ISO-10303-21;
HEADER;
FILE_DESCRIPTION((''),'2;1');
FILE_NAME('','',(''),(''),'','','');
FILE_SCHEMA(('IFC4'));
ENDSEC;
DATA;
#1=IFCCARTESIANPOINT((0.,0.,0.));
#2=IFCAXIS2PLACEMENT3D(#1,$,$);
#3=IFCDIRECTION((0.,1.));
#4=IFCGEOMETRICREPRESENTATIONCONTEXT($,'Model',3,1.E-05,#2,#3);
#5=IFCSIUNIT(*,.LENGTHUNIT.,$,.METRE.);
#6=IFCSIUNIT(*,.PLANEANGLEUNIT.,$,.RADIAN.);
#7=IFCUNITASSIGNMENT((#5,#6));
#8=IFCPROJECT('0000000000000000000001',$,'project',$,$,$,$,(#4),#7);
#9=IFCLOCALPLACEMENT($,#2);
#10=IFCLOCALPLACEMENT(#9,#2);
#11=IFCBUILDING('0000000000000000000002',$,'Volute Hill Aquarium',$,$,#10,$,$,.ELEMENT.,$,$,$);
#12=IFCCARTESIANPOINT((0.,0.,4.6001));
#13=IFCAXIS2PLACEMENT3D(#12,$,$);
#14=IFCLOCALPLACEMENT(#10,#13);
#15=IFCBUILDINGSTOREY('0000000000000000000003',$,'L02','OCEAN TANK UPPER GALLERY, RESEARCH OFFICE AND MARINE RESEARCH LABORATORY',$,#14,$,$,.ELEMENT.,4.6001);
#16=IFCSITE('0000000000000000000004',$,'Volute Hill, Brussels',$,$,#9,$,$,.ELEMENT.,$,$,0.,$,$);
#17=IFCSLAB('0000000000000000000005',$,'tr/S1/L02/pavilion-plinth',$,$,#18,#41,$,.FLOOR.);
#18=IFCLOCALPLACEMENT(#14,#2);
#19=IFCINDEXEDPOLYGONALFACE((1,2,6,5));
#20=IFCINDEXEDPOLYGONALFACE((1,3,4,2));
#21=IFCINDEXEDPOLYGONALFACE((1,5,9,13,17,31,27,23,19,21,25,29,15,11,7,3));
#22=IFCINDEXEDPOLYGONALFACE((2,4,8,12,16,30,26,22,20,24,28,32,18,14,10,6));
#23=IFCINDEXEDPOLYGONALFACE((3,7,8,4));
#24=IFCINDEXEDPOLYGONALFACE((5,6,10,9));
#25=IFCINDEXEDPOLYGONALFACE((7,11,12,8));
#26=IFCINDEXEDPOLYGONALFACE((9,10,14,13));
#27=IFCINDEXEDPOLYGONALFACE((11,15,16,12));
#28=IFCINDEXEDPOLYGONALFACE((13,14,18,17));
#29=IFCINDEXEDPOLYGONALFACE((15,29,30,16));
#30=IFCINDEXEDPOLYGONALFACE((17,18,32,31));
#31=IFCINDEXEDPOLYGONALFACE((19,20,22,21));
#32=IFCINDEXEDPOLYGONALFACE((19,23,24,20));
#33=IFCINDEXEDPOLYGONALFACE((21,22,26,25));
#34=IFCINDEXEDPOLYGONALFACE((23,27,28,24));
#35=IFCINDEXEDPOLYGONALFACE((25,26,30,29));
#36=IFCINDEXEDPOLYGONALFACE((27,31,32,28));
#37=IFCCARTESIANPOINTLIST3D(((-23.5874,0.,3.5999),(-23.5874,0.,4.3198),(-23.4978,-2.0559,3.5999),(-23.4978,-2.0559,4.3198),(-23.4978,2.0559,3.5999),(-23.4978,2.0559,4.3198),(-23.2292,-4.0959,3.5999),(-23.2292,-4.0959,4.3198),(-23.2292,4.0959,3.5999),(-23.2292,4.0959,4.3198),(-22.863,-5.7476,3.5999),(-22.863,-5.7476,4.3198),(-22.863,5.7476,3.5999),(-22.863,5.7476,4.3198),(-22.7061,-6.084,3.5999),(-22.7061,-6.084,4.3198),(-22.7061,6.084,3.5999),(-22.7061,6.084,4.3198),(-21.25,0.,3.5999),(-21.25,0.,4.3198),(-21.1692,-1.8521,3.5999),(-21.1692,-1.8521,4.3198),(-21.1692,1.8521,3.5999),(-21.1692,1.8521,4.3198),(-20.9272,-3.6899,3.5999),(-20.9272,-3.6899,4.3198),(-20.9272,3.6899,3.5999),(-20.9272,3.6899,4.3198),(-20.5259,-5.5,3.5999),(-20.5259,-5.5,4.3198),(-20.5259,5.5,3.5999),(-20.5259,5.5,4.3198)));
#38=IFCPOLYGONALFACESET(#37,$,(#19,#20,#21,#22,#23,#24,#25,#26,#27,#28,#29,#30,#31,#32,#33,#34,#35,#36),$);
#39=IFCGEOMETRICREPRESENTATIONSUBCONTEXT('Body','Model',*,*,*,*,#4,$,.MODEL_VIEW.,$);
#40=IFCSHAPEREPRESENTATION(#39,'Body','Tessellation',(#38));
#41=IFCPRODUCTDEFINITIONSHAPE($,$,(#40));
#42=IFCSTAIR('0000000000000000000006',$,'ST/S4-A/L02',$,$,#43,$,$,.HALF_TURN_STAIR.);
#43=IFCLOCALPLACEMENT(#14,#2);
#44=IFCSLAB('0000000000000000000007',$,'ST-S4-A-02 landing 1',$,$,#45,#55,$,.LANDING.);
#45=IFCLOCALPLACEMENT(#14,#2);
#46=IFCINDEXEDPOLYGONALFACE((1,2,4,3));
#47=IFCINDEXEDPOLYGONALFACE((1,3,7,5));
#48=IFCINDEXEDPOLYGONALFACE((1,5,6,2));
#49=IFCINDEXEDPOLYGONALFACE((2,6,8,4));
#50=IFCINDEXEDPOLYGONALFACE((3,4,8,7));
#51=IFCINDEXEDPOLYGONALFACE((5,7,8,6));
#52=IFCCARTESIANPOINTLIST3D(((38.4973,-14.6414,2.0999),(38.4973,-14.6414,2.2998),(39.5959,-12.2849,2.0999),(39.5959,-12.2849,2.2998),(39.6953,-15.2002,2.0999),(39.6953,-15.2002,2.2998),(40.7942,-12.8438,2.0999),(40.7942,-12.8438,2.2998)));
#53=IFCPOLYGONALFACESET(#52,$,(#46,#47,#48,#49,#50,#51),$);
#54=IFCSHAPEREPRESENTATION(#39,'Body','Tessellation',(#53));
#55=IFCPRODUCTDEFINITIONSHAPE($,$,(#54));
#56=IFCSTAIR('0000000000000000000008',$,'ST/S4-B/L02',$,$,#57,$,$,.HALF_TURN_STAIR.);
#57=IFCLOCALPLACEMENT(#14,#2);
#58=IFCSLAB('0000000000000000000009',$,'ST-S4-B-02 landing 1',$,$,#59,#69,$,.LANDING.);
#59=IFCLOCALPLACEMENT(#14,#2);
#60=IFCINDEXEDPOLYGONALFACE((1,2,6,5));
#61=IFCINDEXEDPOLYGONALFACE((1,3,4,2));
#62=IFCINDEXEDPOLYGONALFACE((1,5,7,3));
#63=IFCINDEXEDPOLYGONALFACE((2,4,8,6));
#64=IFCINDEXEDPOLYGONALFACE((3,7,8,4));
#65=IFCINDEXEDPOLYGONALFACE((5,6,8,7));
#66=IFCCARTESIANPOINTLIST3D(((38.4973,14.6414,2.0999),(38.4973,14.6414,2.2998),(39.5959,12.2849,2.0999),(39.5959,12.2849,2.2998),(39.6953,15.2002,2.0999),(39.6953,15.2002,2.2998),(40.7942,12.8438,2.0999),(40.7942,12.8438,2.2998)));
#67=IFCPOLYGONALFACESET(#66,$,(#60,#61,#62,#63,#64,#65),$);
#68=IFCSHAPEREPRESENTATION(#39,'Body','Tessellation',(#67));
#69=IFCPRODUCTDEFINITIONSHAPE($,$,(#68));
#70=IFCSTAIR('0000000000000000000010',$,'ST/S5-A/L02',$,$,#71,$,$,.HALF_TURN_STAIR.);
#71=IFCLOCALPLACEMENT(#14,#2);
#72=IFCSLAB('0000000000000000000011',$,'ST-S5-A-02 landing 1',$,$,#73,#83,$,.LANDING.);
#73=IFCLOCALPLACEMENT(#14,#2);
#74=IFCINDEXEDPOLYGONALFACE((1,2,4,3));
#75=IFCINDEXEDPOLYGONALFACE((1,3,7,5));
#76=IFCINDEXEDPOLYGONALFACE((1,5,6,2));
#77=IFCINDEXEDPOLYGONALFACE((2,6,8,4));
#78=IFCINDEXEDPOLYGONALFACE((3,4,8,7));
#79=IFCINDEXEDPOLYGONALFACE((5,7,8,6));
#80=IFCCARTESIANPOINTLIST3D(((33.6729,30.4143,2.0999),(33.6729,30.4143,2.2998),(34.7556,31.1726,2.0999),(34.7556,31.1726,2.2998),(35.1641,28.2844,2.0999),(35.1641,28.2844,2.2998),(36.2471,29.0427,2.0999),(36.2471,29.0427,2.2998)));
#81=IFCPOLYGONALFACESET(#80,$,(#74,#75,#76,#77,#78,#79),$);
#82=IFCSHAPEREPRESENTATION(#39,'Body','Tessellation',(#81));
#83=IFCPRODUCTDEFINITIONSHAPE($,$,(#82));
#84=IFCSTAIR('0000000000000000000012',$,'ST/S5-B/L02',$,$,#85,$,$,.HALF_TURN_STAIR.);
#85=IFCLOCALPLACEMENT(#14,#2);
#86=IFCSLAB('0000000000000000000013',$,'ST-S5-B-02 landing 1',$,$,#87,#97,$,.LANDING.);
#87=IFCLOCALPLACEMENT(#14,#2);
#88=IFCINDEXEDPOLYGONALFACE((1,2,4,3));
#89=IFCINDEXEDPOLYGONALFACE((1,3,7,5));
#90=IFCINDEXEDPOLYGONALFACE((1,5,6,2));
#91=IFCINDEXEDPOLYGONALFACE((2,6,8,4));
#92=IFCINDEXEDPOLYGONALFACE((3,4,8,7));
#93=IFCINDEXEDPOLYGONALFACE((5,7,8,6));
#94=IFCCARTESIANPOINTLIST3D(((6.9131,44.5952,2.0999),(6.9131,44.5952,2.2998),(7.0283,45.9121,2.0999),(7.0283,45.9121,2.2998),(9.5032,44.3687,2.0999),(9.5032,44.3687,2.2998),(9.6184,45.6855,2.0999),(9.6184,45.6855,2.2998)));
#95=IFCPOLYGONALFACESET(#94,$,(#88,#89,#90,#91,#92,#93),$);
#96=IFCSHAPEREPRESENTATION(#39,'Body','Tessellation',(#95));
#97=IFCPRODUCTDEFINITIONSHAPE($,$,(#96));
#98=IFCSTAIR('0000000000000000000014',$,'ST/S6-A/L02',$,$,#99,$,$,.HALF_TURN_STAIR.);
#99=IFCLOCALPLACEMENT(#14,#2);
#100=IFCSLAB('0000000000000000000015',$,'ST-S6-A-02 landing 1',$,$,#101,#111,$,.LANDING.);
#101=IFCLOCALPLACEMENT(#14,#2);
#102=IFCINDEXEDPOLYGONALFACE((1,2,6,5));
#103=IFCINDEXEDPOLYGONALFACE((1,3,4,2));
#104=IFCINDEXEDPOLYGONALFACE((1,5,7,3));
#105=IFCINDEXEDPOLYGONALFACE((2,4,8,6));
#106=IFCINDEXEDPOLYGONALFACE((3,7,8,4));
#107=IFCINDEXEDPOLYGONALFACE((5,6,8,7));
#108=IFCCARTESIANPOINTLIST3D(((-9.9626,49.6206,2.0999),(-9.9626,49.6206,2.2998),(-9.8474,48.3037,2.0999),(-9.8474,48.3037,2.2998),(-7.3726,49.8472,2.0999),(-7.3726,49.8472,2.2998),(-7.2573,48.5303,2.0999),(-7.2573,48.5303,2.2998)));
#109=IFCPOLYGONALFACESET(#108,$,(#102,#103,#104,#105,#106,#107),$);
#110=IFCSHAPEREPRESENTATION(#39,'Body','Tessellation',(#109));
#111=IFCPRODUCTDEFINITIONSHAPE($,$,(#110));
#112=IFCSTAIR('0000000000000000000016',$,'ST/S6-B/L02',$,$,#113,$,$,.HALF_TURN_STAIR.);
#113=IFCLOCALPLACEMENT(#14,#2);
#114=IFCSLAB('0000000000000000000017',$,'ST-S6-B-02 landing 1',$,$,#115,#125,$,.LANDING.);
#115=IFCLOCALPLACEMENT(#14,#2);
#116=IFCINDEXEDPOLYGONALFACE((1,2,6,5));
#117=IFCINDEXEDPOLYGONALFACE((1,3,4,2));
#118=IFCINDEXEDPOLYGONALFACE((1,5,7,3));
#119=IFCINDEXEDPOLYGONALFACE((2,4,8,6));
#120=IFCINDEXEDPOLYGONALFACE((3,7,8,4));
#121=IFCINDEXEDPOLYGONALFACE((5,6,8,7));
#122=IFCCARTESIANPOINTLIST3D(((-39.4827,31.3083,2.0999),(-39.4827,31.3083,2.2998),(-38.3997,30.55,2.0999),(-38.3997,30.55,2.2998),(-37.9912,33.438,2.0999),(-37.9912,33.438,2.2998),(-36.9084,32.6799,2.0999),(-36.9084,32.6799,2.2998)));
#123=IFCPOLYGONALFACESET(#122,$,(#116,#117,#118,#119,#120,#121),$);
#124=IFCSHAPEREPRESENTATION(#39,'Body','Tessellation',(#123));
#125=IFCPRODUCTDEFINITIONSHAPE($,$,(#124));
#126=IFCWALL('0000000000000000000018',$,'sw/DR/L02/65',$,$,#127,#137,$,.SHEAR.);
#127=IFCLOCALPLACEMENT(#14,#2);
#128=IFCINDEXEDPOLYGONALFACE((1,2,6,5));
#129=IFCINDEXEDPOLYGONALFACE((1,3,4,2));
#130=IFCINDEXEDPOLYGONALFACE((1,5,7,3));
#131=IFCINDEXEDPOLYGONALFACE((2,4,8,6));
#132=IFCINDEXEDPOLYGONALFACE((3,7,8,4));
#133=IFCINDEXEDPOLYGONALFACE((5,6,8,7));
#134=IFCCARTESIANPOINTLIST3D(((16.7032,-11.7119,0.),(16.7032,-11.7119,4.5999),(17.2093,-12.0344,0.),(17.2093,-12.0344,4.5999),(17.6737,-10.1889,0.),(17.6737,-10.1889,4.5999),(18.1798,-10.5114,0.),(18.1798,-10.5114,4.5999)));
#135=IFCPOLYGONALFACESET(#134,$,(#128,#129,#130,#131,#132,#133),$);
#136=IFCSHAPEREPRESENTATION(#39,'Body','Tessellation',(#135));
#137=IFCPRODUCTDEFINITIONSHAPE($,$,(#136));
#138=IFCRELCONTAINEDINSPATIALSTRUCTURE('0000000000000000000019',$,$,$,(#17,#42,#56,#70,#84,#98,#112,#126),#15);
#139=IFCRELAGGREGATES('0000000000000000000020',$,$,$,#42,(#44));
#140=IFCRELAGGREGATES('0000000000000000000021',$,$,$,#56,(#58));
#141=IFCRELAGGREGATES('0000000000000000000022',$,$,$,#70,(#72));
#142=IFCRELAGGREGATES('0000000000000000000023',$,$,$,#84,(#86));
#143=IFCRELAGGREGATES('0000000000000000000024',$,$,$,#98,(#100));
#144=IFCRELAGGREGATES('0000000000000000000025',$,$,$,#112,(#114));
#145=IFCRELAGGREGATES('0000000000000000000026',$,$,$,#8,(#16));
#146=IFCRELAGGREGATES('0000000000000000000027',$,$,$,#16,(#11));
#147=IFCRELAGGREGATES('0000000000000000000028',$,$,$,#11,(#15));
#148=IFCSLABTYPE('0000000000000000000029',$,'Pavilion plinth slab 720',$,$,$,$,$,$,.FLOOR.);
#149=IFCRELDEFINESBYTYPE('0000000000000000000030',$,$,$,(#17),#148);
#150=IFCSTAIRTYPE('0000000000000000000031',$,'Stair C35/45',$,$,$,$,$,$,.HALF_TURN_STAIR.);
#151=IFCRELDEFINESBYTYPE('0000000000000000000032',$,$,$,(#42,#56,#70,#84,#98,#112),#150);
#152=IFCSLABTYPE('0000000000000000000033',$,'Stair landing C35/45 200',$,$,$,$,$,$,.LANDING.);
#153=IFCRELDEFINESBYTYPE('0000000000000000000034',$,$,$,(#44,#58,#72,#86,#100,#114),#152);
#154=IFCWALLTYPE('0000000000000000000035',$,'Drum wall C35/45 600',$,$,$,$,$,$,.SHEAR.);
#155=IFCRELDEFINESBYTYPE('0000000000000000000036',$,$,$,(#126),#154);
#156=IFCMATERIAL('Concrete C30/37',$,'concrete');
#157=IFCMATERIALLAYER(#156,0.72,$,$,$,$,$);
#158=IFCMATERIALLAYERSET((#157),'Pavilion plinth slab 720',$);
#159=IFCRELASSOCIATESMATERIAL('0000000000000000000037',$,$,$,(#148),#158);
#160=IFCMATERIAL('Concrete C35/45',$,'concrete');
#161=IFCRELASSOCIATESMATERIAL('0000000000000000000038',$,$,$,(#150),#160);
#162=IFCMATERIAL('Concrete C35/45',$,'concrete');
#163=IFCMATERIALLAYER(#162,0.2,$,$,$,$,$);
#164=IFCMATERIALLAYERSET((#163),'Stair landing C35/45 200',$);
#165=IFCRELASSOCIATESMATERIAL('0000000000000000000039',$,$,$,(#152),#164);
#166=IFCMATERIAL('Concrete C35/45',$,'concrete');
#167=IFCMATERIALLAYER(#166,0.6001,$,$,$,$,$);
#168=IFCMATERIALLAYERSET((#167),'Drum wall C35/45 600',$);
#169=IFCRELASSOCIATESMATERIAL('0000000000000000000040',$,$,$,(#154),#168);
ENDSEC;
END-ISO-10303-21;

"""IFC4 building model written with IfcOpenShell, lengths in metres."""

from ifc_helpers import new_model, si_unit, direction, frame, frame_2d, origin, place, context, subcontext, project, spatial, polyline, rectangle, outline, extrude, material, layer, layer_set, type_object, element, aggregate, save


model = new_model("IFC4")

# Units and contexts
model_context = context("Model", 3, precision=1e-05, world=origin(), true_north=direction((0.0, 1.0)))
body_context = subcontext(model_context, "Body", "Model", "MODEL_VIEW")
ifc_project = project(units=[si_unit("LENGTHUNIT", "METRE"), si_unit("PLANEANGLEUNIT", "RADIAN")], contexts=[model_context])

# Site, building, storey
site_placement = place(None, origin())
site = spatial("IfcSite", under=ifc_project, at=site_placement, Name="Volute Hill, Brussels", CompositionType="ELEMENT", RefElevation=0.0)
building_placement = place(site_placement, origin())
building = spatial("IfcBuilding", under=site, at=building_placement, Name="Volute Hill Aquarium", CompositionType="ELEMENT")
storey_placement = place(building_placement, frame((0.0, 0.0, 4.6001)))
storey = spatial("IfcBuildingStorey", under=building, at=storey_placement, Name="L02", Description="OCEAN TANK UPPER GALLERY, RESEARCH OFFICE AND MARINE RESEARCH LABORATORY", CompositionType="ELEMENT", Elevation=4.6001)

# Slab
ifc_material_1 = material(Name="Concrete C30/37", Category="concrete")
ifc_layer_1 = layer(ifc_material_1, 0.72)
ifc_layer_set_1 = layer_set([ifc_layer_1], Name="Pavilion plinth slab 720")
slab_type_1 = type_object("IfcSlabType", Name="Pavilion plinth slab 720", PredefinedType="FLOOR", material=ifc_layer_set_1)
slab_1_placement = place(storey_placement, frame((0.0, 0.0, 3.5999)))
element("IfcSlab", 1, at=slab_1_placement, inside=storey, type_object=slab_type_1, Name="tr/S1/L02/pavilion-plinth", PredefinedType="FLOOR", context=body_context, shape_type="SweptSolid", body=[
    extrude(outline(polyline([(-23.2292, -4.0959), (-23.4978, -2.0559), (-23.5874, 0.0), (-23.4978, 2.0559), (-23.2292, 4.0959), (-22.863, 5.7476), (-22.7061, 6.084), (-20.5259, 5.5), (-20.9272, 3.6899), (-21.1692, 1.8521), (-21.25, 0.0), (-21.1692, -1.8521), (-20.9272, -3.6899), (-20.5259, -5.5), (-22.7061, -6.084), (-22.863, -5.7476), (-23.2292, -4.0959)])), origin(), (0.0, 0.0, 1.0), 0.72),
])

# Stairs, slabs
ifc_material_2 = material(Name="Concrete C35/45", Category="concrete")
stair_type = type_object("IfcStairType", Name="Stair C35/45", PredefinedType="HALF_TURN_STAIR", material=ifc_material_2)
stair_1_placement = place(storey_placement, origin())
stair_1 = element("IfcStair", 2, at=stair_1_placement, inside=storey, type_object=stair_type, Name="ST/S4-A/L02", PredefinedType="HALF_TURN_STAIR")
ifc_material_3 = material(Name="Concrete C35/45", Category="concrete")
ifc_layer_2 = layer(ifc_material_3, 0.2)
ifc_layer_set_2 = layer_set([ifc_layer_2], Name="Stair landing C35/45 200")
slab_type_2 = type_object("IfcSlabType", Name="Stair landing C35/45 200", PredefinedType="LANDING", material=ifc_layer_set_2)
slab_2_placement = place(storey_placement, frame((0.0, 0.0, 2.0999)))
slab_2 = element("IfcSlab", 3, at=slab_2_placement, type_object=slab_type_2, Name="ST-S4-A-02 landing 1", PredefinedType="LANDING", context=body_context, shape_type="SweptSolid", body=[
    extrude(outline(polyline([(38.4973, -14.6414), (39.6953, -15.2002), (40.7942, -12.8438), (39.5959, -12.2849), (38.4973, -14.6414)])), origin(), (0.0, 0.0, 1.0), 0.2),
])
aggregate(stair_1, [slab_2])
stair_2_placement = place(storey_placement, origin())
stair_2 = element("IfcStair", 4, at=stair_2_placement, inside=storey, type_object=stair_type, Name="ST/S4-B/L02", PredefinedType="HALF_TURN_STAIR")
slab_3_placement = place(storey_placement, frame((0.0, 0.0, 2.0999)))
slab_3 = element("IfcSlab", 5, at=slab_3_placement, type_object=slab_type_2, Name="ST-S4-B-02 landing 1", PredefinedType="LANDING", context=body_context, shape_type="SweptSolid", body=[
    extrude(outline(polyline([(39.5959, 12.2849), (40.7942, 12.8438), (39.6953, 15.2002), (38.4973, 14.6414), (39.5959, 12.2849)])), origin(), (0.0, 0.0, 1.0), 0.2),
])
aggregate(stair_2, [slab_3])
stair_3_placement = place(storey_placement, origin())
stair_3 = element("IfcStair", 6, at=stair_3_placement, inside=storey, type_object=stair_type, Name="ST/S5-A/L02", PredefinedType="HALF_TURN_STAIR")
slab_4_placement = place(storey_placement, frame((0.0, 0.0, 2.0999)))
slab_4 = element("IfcSlab", 7, at=slab_4_placement, type_object=slab_type_2, Name="ST-S5-A-02 landing 1", PredefinedType="LANDING", context=body_context, shape_type="SweptSolid", body=[
    extrude(outline(polyline([(35.1641, 28.2844), (36.2471, 29.0427), (34.7556, 31.1726), (33.6729, 30.4143), (35.1641, 28.2844)])), origin(), (0.0, 0.0, 1.0), 0.2),
])
aggregate(stair_3, [slab_4])
stair_4_placement = place(storey_placement, origin())
stair_4 = element("IfcStair", 8, at=stair_4_placement, inside=storey, type_object=stair_type, Name="ST/S5-B/L02", PredefinedType="HALF_TURN_STAIR")
slab_5_placement = place(storey_placement, frame((0.0, 0.0, 2.0999)))
slab_5 = element("IfcSlab", 9, at=slab_5_placement, type_object=slab_type_2, Name="ST-S5-B-02 landing 1", PredefinedType="LANDING", context=body_context, shape_type="SweptSolid", body=[
    extrude(outline(polyline([(9.5032, 44.3687), (9.6184, 45.6855), (7.0283, 45.9121), (6.9131, 44.5952), (9.5032, 44.3687)])), origin(), (0.0, 0.0, 1.0), 0.2),
])
aggregate(stair_4, [slab_5])
stair_5_placement = place(storey_placement, origin())
stair_5 = element("IfcStair", 10, at=stair_5_placement, inside=storey, type_object=stair_type, Name="ST/S6-A/L02", PredefinedType="HALF_TURN_STAIR")
slab_6_placement = place(storey_placement, frame((0.0, 0.0, 2.0999)))
slab_6 = element("IfcSlab", 11, at=slab_6_placement, type_object=slab_type_2, Name="ST-S6-A-02 landing 1", PredefinedType="LANDING", context=body_context, shape_type="SweptSolid", body=[
    extrude(outline(polyline([(-7.2573, 48.5303), (-7.3726, 49.8472), (-9.9626, 49.6206), (-9.8474, 48.3037), (-7.2573, 48.5303)])), origin(), (0.0, 0.0, 1.0), 0.2),
])
aggregate(stair_5, [slab_6])
stair_6_placement = place(storey_placement, origin())
stair_6 = element("IfcStair", 12, at=stair_6_placement, inside=storey, type_object=stair_type, Name="ST/S6-B/L02", PredefinedType="HALF_TURN_STAIR")
slab_7_placement = place(storey_placement, frame((0.0, 0.0, 2.0999)))
slab_7 = element("IfcSlab", 13, at=slab_7_placement, type_object=slab_type_2, Name="ST-S6-B-02 landing 1", PredefinedType="LANDING", context=body_context, shape_type="SweptSolid", body=[
    extrude(outline(polyline([(-36.9084, 32.6799), (-37.9912, 33.438), (-39.4827, 31.3083), (-38.3997, 30.55), (-36.9084, 32.6799)])), origin(), (0.0, 0.0, 1.0), 0.2),
])
aggregate(stair_6, [slab_7])

# Wall
ifc_material_4 = material(Name="Concrete C35/45", Category="concrete")
ifc_layer_3 = layer(ifc_material_4, 0.6001)
ifc_layer_set_3 = layer_set([ifc_layer_3], Name="Drum wall C35/45 600")
wall_type_1 = type_object("IfcWallType", Name="Drum wall C35/45 600", PredefinedType="SHEAR", material=ifc_layer_set_3)
wall_1_placement = place(storey_placement, frame((16.9563, -11.873, 0.0), z_axis=(0.0, 0.0, 1.0), x_axis=(0.537392, 0.843333, 0.0)))
element("IfcWall", 14, at=wall_1_placement, inside=storey, type_object=wall_type_1, Name="sw/DR/L02/65", PredefinedType="SHEAR", context=body_context, shape_type="SweptSolid", body=[
    extrude(rectangle(XDim=1.8059, YDim=0.6001, at=frame_2d((0.9028, 0.0))), origin(), (0.0, 0.0, 1.0), 4.5999),
])

save(model, "model.ifc")
